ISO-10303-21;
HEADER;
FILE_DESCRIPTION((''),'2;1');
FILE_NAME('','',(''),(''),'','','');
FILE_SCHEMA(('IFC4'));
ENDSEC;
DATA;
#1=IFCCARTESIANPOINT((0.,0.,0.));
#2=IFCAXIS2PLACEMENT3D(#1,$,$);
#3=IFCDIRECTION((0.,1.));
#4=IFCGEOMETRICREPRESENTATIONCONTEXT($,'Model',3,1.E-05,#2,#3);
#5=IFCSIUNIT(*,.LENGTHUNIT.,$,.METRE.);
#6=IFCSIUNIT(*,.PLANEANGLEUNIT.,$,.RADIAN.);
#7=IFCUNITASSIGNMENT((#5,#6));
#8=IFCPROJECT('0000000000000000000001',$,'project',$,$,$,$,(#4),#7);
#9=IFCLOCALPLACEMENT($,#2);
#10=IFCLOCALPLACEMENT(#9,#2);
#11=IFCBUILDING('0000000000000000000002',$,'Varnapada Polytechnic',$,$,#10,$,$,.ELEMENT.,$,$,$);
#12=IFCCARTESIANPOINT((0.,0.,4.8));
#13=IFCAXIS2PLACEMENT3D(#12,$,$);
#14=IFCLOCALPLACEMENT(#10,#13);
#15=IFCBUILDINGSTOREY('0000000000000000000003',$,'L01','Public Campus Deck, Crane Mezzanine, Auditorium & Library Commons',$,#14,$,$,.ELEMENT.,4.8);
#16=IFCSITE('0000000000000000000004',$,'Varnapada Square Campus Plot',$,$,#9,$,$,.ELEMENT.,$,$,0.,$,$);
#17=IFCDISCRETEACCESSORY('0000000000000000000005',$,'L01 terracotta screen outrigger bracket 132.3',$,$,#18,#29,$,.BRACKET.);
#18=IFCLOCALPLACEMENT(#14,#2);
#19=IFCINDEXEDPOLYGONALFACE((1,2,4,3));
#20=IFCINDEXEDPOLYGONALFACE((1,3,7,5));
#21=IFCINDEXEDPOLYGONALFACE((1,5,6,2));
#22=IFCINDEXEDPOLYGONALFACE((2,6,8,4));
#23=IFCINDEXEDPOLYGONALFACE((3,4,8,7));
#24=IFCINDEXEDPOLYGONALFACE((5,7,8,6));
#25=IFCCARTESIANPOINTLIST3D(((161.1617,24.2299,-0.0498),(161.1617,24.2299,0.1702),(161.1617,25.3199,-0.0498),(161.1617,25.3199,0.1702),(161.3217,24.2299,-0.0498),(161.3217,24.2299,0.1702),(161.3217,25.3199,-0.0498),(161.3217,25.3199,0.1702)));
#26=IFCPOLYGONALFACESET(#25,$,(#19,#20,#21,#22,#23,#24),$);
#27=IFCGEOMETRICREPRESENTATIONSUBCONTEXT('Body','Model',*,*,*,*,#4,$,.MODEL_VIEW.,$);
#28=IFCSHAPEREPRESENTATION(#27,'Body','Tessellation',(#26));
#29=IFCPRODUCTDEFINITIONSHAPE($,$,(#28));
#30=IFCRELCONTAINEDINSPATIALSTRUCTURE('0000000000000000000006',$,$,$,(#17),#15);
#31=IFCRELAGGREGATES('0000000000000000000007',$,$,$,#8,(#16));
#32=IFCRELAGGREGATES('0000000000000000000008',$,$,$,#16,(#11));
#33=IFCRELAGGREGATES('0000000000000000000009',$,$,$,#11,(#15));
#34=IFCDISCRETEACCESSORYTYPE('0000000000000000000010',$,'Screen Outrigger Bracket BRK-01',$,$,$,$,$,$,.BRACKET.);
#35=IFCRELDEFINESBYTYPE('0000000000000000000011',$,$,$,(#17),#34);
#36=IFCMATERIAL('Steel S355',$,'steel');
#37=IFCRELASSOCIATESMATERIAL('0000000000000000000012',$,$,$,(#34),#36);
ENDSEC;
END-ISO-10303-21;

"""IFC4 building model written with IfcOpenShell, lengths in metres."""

from ifc_helpers import new_model, si_unit, direction, frame, origin, origin_2d, place, context, subcontext, project, spatial, rectangle, extrude, material, type_object, element, save


model = new_model("IFC4")

# Units and contexts
model_context = context("Model", 3, precision=1e-05, world=origin(), true_north=direction((0.0, 1.0)))
body_context = subcontext(model_context, "Body", "Model", "MODEL_VIEW")
ifc_project = project(units=[si_unit("LENGTHUNIT", "METRE"), si_unit("PLANEANGLEUNIT", "RADIAN")], contexts=[model_context])

# Site, building, storey
site_placement = place(None, origin())
site = spatial("IfcSite", under=ifc_project, at=site_placement, Name="Varnapada Square Campus Plot", CompositionType="ELEMENT", RefElevation=0.0)
building_placement = place(site_placement, origin())
building = spatial("IfcBuilding", under=site, at=building_placement, Name="Varnapada Polytechnic", CompositionType="ELEMENT")
storey_placement = place(building_placement, frame((0.0, 0.0, 4.8)))
storey = spatial("IfcBuildingStorey", under=building, at=storey_placement, Name="L01", Description="Public Campus Deck, Crane Mezzanine, Auditorium & Library Commons", CompositionType="ELEMENT", Elevation=4.8)

# Discrete accessory
ifc_material_1 = material(Name="Steel S355", Category="steel")
discrete_accessory_type = type_object("IfcDiscreteAccessoryType", Name="Screen Outrigger Bracket BRK-01", PredefinedType="BRACKET", material=ifc_material_1)
discrete_accessory_placement = place(storey_placement, frame((161.2417, 24.7749, -0.0498), z_axis=(0.0, 0.0, 1.0), x_axis=(-1.0, 0.0, 0.0)))
element("IfcDiscreteAccessory", 1, at=discrete_accessory_placement, inside=storey, type_object=discrete_accessory_type, Name="L01 terracotta screen outrigger bracket 132.3", PredefinedType="BRACKET", context=body_context, shape_type="SweptSolid", body=[
    extrude(rectangle(XDim=0.1599, YDim=1.0901, at=origin_2d()), origin(), (0.0, 0.0, 1.0), 0.22),
])

save(model, "model.ifc")
